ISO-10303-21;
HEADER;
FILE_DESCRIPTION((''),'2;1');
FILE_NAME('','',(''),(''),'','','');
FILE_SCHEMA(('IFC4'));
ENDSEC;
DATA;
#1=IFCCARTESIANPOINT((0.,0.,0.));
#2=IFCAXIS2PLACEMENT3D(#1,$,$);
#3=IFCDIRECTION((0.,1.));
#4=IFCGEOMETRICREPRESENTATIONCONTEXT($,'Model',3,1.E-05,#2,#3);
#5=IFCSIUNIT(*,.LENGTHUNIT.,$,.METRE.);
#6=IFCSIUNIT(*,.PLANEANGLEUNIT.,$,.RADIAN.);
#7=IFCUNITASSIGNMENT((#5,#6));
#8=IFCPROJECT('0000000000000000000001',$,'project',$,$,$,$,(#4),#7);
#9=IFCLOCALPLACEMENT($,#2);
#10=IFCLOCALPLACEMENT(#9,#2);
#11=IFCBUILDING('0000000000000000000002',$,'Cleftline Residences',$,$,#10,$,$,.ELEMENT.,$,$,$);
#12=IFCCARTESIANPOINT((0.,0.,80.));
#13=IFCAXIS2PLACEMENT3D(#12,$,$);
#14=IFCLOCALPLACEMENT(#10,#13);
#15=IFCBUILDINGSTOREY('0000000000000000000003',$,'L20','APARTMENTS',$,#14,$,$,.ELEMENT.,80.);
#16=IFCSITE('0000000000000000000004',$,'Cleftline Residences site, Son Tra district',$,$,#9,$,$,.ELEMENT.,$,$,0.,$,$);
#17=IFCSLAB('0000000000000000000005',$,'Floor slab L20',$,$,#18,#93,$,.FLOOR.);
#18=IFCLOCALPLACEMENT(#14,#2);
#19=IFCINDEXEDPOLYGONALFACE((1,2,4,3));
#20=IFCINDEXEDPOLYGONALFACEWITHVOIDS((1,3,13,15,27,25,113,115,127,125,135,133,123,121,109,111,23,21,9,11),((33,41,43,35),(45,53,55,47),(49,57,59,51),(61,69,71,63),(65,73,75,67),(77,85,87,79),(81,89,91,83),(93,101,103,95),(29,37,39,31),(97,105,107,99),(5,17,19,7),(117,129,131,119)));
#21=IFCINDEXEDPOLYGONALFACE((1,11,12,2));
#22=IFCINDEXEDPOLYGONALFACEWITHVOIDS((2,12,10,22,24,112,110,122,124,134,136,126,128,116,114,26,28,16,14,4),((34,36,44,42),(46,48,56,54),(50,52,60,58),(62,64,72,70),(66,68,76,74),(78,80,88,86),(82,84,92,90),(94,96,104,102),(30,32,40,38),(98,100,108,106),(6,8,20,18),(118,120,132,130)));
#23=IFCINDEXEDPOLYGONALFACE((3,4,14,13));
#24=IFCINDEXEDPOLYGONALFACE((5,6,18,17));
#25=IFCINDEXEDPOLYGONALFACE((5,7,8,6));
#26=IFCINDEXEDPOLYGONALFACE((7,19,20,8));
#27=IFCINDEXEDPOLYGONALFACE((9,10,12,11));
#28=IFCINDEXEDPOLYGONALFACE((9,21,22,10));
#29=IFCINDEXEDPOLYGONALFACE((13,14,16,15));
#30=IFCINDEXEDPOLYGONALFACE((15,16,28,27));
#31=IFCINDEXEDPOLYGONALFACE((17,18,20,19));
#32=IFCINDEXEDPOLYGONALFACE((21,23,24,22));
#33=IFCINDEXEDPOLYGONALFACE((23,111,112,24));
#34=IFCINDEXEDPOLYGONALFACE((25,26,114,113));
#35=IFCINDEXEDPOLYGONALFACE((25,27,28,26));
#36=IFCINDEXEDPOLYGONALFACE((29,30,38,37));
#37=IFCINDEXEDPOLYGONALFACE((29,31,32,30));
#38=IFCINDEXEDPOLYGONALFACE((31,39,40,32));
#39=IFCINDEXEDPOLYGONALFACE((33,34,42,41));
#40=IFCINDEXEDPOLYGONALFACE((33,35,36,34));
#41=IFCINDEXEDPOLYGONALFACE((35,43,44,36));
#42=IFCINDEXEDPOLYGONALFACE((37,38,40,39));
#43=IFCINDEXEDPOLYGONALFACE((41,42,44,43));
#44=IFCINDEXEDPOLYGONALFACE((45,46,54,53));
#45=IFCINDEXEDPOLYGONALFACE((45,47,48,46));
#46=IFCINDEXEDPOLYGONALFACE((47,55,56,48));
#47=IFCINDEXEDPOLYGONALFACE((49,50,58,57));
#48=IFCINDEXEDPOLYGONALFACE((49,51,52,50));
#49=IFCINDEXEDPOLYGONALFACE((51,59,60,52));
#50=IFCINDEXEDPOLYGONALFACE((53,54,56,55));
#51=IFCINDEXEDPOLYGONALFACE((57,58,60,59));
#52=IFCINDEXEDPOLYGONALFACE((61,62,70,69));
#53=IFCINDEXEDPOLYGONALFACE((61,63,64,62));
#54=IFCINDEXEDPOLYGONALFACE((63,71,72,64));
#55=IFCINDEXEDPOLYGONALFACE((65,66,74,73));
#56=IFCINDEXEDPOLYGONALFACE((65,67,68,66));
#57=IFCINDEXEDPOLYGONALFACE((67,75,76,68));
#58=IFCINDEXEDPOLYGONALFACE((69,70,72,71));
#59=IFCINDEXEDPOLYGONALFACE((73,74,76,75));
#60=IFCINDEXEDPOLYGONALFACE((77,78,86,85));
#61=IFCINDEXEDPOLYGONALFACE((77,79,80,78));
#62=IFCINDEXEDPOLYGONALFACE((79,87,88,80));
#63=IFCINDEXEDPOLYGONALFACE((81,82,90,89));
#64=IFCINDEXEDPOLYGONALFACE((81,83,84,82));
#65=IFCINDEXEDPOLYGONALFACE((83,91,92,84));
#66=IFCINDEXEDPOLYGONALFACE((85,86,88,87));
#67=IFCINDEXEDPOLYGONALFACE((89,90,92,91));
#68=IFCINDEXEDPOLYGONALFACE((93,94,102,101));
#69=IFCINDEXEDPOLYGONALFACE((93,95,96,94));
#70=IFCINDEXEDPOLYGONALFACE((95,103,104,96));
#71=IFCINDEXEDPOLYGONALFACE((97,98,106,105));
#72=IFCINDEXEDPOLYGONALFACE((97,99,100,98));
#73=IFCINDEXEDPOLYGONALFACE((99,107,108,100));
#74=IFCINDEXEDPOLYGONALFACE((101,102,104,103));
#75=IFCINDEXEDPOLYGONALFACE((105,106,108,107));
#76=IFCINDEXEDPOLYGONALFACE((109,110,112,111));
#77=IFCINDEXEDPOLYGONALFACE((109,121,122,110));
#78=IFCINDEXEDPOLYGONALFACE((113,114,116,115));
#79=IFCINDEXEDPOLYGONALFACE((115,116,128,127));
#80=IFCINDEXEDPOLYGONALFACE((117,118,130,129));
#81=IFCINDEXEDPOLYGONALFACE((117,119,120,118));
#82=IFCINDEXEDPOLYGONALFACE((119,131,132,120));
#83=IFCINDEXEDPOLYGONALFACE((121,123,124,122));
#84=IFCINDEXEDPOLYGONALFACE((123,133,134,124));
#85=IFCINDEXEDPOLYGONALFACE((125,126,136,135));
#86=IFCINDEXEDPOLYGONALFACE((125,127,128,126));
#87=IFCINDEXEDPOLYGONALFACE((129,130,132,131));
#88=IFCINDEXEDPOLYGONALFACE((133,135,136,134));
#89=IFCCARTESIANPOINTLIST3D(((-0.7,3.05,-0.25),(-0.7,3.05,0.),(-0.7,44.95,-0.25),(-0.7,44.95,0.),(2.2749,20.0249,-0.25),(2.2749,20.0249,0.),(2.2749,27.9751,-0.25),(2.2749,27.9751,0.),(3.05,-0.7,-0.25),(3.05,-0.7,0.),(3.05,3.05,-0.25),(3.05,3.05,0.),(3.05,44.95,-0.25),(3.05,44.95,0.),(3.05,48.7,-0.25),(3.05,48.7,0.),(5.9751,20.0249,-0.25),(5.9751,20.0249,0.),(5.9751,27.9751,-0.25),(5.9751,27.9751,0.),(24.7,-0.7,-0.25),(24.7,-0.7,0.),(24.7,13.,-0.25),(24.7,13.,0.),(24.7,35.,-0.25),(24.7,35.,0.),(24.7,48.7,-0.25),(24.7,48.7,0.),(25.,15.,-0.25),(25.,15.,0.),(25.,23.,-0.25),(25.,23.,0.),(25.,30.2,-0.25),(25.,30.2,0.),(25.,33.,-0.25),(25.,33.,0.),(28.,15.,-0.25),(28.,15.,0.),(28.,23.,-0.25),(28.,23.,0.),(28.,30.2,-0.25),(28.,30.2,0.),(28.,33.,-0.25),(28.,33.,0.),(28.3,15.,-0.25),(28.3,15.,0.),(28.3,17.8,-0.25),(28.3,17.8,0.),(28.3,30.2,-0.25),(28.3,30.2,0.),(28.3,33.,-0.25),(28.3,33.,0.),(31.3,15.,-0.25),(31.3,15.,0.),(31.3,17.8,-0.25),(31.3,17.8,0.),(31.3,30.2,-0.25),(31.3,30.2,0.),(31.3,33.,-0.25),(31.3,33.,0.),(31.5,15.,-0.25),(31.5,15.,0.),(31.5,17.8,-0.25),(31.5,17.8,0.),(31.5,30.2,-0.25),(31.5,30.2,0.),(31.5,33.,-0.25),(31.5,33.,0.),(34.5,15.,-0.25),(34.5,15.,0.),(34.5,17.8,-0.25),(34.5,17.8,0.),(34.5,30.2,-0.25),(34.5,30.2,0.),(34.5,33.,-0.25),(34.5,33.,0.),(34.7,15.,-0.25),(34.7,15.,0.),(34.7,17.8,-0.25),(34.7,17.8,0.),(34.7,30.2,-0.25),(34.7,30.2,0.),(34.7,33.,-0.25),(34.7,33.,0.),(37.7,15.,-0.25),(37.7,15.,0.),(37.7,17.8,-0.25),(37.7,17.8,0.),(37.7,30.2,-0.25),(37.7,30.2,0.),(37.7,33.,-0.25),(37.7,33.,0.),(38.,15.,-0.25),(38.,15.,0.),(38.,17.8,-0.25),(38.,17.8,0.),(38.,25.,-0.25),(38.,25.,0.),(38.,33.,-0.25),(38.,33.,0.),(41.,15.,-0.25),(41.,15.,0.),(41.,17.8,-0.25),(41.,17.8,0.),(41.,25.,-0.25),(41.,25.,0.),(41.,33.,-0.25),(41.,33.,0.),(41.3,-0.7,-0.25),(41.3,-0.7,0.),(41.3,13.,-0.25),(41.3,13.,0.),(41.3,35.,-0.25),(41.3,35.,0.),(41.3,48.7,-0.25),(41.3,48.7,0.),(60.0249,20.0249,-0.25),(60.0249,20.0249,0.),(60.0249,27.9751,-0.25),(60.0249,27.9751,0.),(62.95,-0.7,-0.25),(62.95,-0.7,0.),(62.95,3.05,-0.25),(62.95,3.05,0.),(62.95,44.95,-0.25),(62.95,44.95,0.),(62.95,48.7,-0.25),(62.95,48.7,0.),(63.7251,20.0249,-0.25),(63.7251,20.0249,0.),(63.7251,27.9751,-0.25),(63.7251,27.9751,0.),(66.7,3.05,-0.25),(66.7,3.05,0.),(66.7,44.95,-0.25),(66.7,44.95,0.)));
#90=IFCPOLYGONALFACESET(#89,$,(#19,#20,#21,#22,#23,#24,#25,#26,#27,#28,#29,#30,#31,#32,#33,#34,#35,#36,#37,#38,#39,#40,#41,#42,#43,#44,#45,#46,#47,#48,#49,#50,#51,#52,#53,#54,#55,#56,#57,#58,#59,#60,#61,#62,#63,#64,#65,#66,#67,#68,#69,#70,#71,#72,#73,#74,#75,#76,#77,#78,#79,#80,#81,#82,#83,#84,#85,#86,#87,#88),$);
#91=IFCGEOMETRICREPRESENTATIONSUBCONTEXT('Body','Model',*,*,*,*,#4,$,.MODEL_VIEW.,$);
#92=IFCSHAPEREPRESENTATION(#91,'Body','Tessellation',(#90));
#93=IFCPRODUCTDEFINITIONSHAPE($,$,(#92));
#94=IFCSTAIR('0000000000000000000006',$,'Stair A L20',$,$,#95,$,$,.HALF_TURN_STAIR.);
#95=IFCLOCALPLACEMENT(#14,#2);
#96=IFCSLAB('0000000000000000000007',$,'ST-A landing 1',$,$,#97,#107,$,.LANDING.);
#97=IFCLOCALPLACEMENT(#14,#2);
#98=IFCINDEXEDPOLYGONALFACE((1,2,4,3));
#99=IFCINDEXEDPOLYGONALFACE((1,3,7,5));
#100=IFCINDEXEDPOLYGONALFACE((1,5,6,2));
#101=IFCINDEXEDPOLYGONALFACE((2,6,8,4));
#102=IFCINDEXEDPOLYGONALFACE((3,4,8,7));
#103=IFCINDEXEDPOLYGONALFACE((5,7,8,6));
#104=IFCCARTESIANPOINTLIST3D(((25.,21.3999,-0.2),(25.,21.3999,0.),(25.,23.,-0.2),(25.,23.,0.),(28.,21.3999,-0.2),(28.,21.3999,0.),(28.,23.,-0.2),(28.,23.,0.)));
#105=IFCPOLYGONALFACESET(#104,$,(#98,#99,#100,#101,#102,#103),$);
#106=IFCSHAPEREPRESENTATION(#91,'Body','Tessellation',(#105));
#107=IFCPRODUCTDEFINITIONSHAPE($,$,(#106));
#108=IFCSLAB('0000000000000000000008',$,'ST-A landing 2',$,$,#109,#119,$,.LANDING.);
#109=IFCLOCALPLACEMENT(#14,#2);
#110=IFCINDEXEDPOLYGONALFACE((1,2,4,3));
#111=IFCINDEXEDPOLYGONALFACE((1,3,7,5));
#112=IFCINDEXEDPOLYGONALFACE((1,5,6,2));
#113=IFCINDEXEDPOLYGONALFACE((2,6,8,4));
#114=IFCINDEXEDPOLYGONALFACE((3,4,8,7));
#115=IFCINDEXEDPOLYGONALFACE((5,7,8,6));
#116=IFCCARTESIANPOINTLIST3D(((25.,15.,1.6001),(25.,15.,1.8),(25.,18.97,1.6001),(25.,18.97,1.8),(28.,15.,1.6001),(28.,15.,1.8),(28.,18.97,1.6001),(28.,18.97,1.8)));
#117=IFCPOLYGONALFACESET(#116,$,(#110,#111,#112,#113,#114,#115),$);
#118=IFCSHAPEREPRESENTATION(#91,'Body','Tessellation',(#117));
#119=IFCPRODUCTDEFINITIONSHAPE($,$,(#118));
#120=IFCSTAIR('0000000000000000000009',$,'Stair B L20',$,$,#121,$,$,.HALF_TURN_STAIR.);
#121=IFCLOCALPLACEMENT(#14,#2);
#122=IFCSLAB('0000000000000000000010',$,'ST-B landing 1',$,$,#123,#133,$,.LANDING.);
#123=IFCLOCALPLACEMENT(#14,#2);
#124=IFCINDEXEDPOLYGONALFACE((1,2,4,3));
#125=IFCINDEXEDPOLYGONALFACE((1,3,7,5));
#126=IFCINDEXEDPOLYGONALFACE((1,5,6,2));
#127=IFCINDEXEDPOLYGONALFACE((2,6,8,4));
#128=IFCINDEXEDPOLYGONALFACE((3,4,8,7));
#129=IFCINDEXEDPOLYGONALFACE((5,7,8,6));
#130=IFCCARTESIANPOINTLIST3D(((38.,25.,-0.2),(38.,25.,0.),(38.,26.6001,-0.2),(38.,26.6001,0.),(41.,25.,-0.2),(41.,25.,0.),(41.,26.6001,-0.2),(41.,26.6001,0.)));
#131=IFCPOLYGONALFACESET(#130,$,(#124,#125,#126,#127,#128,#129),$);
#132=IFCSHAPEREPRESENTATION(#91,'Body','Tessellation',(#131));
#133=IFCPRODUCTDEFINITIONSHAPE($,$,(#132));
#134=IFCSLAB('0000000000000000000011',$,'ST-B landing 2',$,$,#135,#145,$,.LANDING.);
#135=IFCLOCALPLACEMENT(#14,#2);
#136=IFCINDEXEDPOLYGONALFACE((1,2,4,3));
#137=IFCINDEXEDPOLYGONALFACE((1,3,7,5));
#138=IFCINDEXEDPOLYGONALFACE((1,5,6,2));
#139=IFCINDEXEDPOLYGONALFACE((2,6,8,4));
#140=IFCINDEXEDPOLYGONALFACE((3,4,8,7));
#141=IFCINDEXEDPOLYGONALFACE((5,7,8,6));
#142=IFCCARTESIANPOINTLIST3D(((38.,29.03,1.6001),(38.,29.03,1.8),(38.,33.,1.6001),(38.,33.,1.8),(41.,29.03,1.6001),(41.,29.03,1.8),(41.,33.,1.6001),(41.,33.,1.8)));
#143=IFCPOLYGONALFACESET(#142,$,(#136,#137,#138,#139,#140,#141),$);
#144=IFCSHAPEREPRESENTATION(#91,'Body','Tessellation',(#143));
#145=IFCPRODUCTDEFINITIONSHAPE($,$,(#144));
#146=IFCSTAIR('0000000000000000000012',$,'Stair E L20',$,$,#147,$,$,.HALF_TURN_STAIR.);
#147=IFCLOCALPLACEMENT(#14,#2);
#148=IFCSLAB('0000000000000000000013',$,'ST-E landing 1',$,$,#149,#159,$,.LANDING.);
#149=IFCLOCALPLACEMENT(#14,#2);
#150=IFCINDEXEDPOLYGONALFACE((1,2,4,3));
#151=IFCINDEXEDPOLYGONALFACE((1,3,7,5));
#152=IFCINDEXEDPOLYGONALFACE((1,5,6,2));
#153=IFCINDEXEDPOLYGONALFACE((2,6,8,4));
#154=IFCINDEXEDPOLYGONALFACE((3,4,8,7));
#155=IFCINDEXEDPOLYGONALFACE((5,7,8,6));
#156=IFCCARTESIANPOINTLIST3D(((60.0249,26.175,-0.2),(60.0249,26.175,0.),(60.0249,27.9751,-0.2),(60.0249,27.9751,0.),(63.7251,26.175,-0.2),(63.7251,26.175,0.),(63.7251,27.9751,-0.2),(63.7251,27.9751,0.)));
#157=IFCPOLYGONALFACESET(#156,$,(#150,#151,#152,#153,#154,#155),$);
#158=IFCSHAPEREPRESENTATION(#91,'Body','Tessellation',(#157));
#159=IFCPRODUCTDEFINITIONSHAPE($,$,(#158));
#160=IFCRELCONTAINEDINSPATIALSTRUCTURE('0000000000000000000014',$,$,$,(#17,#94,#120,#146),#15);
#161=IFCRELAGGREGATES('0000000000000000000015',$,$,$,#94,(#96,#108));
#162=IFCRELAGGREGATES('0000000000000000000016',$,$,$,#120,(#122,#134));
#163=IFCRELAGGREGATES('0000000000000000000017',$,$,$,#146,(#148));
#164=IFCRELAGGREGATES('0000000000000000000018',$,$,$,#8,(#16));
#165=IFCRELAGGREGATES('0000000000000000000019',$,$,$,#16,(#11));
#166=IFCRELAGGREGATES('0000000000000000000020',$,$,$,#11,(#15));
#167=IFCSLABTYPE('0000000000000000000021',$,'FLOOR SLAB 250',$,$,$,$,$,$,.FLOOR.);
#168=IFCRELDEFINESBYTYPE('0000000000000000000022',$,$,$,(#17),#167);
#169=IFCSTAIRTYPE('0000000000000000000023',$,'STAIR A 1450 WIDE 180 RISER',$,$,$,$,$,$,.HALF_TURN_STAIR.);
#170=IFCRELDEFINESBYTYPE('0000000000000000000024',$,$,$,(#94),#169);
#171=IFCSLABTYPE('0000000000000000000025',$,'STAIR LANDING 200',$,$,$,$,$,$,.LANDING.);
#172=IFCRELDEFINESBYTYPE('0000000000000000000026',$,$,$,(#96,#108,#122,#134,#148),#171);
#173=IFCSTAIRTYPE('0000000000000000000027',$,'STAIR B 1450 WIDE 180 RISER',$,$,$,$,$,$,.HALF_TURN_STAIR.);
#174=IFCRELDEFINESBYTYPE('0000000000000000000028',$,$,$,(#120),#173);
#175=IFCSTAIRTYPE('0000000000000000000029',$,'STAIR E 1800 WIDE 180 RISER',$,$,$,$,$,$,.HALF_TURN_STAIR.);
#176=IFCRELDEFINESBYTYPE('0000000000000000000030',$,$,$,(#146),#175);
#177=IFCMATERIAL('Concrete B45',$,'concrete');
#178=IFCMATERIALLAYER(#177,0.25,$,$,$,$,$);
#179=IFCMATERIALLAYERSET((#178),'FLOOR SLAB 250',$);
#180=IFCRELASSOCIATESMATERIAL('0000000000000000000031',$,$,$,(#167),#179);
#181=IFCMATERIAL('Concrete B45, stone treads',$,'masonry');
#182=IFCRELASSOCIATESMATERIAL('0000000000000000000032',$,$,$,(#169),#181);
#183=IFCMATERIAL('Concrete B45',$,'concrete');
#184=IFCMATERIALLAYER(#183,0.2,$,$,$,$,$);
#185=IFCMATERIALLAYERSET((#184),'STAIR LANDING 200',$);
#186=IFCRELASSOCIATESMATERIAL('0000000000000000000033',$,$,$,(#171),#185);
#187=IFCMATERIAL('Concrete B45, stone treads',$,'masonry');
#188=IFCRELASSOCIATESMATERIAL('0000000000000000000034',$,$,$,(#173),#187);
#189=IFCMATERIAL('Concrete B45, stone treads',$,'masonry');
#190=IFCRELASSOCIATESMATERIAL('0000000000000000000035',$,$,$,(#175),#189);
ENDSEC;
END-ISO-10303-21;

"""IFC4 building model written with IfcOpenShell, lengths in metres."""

from ifc_helpers import new_model, si_unit, direction, frame, origin, place, context, subcontext, project, spatial, polyline, outline, extrude, material, layer, layer_set, type_object, element, aggregate, save


model = new_model("IFC4")

# Units and contexts
model_context = context("Model", 3, precision=1e-05, world=origin(), true_north=direction((0.0, 1.0)))
body_context = subcontext(model_context, "Body", "Model", "MODEL_VIEW")
ifc_project = project(units=[si_unit("LENGTHUNIT", "METRE"), si_unit("PLANEANGLEUNIT", "RADIAN")], contexts=[model_context])

# Site, building, storey
site_placement = place(None, origin())
site = spatial("IfcSite", under=ifc_project, at=site_placement, Name="Cleftline Residences site, Son Tra district", CompositionType="ELEMENT", RefElevation=0.0)
building_placement = place(site_placement, origin())
building = spatial("IfcBuilding", under=site, at=building_placement, Name="Cleftline Residences", CompositionType="ELEMENT")
storey_placement = place(building_placement, frame((0.0, 0.0, 80.0)))
storey = spatial("IfcBuildingStorey", under=building, at=storey_placement, Name="L20", Description="APARTMENTS", CompositionType="ELEMENT", Elevation=80.0)

# Slab
ifc_material_1 = material(Name="Concrete B45", Category="concrete")
ifc_layer_1 = layer(ifc_material_1, 0.25)
ifc_layer_set_1 = layer_set([ifc_layer_1], Name="FLOOR SLAB 250")
slab_type_1 = type_object("IfcSlabType", Name="FLOOR SLAB 250", PredefinedType="FLOOR", material=ifc_layer_set_1)
slab_1_placement = place(storey_placement, frame((0.0, 0.0, -0.25)))
element("IfcSlab", 1, at=slab_1_placement, inside=storey, type_object=slab_type_1, Name="Floor slab L20", PredefinedType="FLOOR", context=body_context, shape_type="SweptSolid", body=[
    extrude(outline(polyline([(24.7, 13.0), (41.3, 13.0), (41.3, -0.7), (62.95, -0.7), (62.95, 3.05), (66.7, 3.05), (66.7, 44.95), (62.95, 44.95), (62.95, 48.7), (41.3, 48.7), (41.3, 35.0), (24.7, 35.0), (24.7, 48.7), (3.05, 48.7), (3.05, 44.95), (-0.7, 44.95), (-0.7, 3.05), (3.05, 3.05), (3.05, -0.7), (24.7, -0.7), (24.7, 13.0)]), holes=[polyline([(28.0, 15.0), (28.0, 23.0), (25.0, 23.0), (25.0, 15.0), (28.0, 15.0)]), polyline([(41.0, 25.0), (41.0, 33.0), (38.0, 33.0), (38.0, 25.0), (41.0, 25.0)]), polyline([(28.0, 30.2), (28.0, 33.0), (25.0, 33.0), (25.0, 30.2), (28.0, 30.2)]), polyline([(41.0, 15.0), (41.0, 17.8), (38.0, 17.8), (38.0, 15.0), (41.0, 15.0)]), polyline([(31.3, 15.0), (31.3, 17.8), (28.3, 17.8), (28.3, 15.0), (31.3, 15.0)]), polyline([(34.5, 15.0), (34.5, 17.8), (31.5, 17.8), (31.5, 15.0), (34.5, 15.0)]), polyline([(37.7, 15.0), (37.7, 17.8), (34.7, 17.8), (34.7, 15.0), (37.7, 15.0)]), polyline([(31.3, 30.2), (31.3, 33.0), (28.3, 33.0), (28.3, 30.2), (31.3, 30.2)]), polyline([(34.5, 30.2), (34.5, 33.0), (31.5, 33.0), (31.5, 30.2), (34.5, 30.2)]), polyline([(37.7, 30.2), (37.7, 33.0), (34.7, 33.0), (34.7, 30.2), (37.7, 30.2)]), polyline([(63.7251, 20.0249), (63.7251, 27.9751), (60.0249, 27.9751), (60.0249, 20.0249), (63.7251, 20.0249)]), polyline([(5.9751, 20.0249), (5.9751, 27.9751), (2.2749, 27.9751), (2.2749, 20.0249), (5.9751, 20.0249)])]), origin(), (0.0, 0.0, 1.0), 0.25),
])

# Stairs, slabs
ifc_material_2 = material(Name="Concrete B45, stone treads", Category="masonry")
stair_type_1 = type_object("IfcStairType", Name="STAIR A 1450 WIDE 180 RISER", PredefinedType="HALF_TURN_STAIR", material=ifc_material_2)
stair_1_placement = place(storey_placement, origin())
stair_1 = element("IfcStair", 2, at=stair_1_placement, inside=storey, type_object=stair_type_1, Name="Stair A L20", PredefinedType="HALF_TURN_STAIR")
ifc_material_3 = material(Name="Concrete B45", Category="concrete")
ifc_layer_2 = layer(ifc_material_3, 0.2)
ifc_layer_set_2 = layer_set([ifc_layer_2], Name="STAIR LANDING 200")
slab_type_2 = type_object("IfcSlabType", Name="STAIR LANDING 200", PredefinedType="LANDING", material=ifc_layer_set_2)
slab_2_placement = place(storey_placement, frame((0.0, 0.0, -0.2)))
slab_2 = element("IfcSlab", 3, at=slab_2_placement, type_object=slab_type_2, Name="ST-A landing 1", PredefinedType="LANDING", context=body_context, shape_type="SweptSolid", body=[
    extrude(outline(polyline([(25.0, 21.3999), (28.0, 21.3999), (28.0, 23.0), (25.0, 23.0), (25.0, 21.3999)])), origin(), (0.0, 0.0, 1.0), 0.2),
])
slab_3_placement = place(storey_placement, frame((0.0, 0.0, 1.6001)))
slab_3 = element("IfcSlab", 4, at=slab_3_placement, type_object=slab_type_2, Name="ST-A landing 2", PredefinedType="LANDING", context=body_context, shape_type="SweptSolid", body=[
    extrude(outline(polyline([(25.0, 15.0), (28.0, 15.0), (28.0, 18.97), (25.0, 18.97), (25.0, 15.0)])), origin(), (0.0, 0.0, 1.0), 0.2),
])
aggregate(stair_1, [slab_2, slab_3])
ifc_material_4 = material(Name="Concrete B45, stone treads", Category="masonry")
stair_type_2 = type_object("IfcStairType", Name="STAIR B 1450 WIDE 180 RISER", PredefinedType="HALF_TURN_STAIR", material=ifc_material_4)
stair_2_placement = place(storey_placement, origin())
stair_2 = element("IfcStair", 5, at=stair_2_placement, inside=storey, type_object=stair_type_2, Name="Stair B L20", PredefinedType="HALF_TURN_STAIR")
slab_4_placement = place(storey_placement, frame((0.0, 0.0, -0.2)))
slab_4 = element("IfcSlab", 6, at=slab_4_placement, type_object=slab_type_2, Name="ST-B landing 1", PredefinedType="LANDING", context=body_context, shape_type="SweptSolid", body=[
    extrude(outline(polyline([(38.0, 25.0), (41.0, 25.0), (41.0, 26.6001), (38.0, 26.6001), (38.0, 25.0)])), origin(), (0.0, 0.0, 1.0), 0.2),
])
slab_5_placement = place(storey_placement, frame((0.0, 0.0, 1.6001)))
slab_5 = element("IfcSlab", 7, at=slab_5_placement, type_object=slab_type_2, Name="ST-B landing 2", PredefinedType="LANDING", context=body_context, shape_type="SweptSolid", body=[
    extrude(outline(polyline([(38.0, 29.03), (41.0, 29.03), (41.0, 33.0), (38.0, 33.0), (38.0, 29.03)])), origin(), (0.0, 0.0, 1.0), 0.2),
])
aggregate(stair_2, [slab_4, slab_5])

# Stair, slab
ifc_material_5 = material(Name="Concrete B45, stone treads", Category="masonry")
stair_type_3 = type_object("IfcStairType", Name="STAIR E 1800 WIDE 180 RISER", PredefinedType="HALF_TURN_STAIR", material=ifc_material_5)
stair_3_placement = place(storey_placement, origin())
stair_3 = element("IfcStair", 8, at=stair_3_placement, inside=storey, type_object=stair_type_3, Name="Stair E L20", PredefinedType="HALF_TURN_STAIR")
slab_6_placement = place(storey_placement, frame((0.0, 0.0, -0.2)))
slab_6 = element("IfcSlab", 9, at=slab_6_placement, type_object=slab_type_2, Name="ST-E landing 1", PredefinedType="LANDING", context=body_context, shape_type="SweptSolid", body=[
    extrude(outline(polyline([(60.0249, 26.175), (63.7251, 26.175), (63.7251, 27.9751), (60.0249, 27.9751), (60.0249, 26.175)])), origin(), (0.0, 0.0, 1.0), 0.2),
])
aggregate(stair_3, [slab_6])

save(model, "model.ifc")
